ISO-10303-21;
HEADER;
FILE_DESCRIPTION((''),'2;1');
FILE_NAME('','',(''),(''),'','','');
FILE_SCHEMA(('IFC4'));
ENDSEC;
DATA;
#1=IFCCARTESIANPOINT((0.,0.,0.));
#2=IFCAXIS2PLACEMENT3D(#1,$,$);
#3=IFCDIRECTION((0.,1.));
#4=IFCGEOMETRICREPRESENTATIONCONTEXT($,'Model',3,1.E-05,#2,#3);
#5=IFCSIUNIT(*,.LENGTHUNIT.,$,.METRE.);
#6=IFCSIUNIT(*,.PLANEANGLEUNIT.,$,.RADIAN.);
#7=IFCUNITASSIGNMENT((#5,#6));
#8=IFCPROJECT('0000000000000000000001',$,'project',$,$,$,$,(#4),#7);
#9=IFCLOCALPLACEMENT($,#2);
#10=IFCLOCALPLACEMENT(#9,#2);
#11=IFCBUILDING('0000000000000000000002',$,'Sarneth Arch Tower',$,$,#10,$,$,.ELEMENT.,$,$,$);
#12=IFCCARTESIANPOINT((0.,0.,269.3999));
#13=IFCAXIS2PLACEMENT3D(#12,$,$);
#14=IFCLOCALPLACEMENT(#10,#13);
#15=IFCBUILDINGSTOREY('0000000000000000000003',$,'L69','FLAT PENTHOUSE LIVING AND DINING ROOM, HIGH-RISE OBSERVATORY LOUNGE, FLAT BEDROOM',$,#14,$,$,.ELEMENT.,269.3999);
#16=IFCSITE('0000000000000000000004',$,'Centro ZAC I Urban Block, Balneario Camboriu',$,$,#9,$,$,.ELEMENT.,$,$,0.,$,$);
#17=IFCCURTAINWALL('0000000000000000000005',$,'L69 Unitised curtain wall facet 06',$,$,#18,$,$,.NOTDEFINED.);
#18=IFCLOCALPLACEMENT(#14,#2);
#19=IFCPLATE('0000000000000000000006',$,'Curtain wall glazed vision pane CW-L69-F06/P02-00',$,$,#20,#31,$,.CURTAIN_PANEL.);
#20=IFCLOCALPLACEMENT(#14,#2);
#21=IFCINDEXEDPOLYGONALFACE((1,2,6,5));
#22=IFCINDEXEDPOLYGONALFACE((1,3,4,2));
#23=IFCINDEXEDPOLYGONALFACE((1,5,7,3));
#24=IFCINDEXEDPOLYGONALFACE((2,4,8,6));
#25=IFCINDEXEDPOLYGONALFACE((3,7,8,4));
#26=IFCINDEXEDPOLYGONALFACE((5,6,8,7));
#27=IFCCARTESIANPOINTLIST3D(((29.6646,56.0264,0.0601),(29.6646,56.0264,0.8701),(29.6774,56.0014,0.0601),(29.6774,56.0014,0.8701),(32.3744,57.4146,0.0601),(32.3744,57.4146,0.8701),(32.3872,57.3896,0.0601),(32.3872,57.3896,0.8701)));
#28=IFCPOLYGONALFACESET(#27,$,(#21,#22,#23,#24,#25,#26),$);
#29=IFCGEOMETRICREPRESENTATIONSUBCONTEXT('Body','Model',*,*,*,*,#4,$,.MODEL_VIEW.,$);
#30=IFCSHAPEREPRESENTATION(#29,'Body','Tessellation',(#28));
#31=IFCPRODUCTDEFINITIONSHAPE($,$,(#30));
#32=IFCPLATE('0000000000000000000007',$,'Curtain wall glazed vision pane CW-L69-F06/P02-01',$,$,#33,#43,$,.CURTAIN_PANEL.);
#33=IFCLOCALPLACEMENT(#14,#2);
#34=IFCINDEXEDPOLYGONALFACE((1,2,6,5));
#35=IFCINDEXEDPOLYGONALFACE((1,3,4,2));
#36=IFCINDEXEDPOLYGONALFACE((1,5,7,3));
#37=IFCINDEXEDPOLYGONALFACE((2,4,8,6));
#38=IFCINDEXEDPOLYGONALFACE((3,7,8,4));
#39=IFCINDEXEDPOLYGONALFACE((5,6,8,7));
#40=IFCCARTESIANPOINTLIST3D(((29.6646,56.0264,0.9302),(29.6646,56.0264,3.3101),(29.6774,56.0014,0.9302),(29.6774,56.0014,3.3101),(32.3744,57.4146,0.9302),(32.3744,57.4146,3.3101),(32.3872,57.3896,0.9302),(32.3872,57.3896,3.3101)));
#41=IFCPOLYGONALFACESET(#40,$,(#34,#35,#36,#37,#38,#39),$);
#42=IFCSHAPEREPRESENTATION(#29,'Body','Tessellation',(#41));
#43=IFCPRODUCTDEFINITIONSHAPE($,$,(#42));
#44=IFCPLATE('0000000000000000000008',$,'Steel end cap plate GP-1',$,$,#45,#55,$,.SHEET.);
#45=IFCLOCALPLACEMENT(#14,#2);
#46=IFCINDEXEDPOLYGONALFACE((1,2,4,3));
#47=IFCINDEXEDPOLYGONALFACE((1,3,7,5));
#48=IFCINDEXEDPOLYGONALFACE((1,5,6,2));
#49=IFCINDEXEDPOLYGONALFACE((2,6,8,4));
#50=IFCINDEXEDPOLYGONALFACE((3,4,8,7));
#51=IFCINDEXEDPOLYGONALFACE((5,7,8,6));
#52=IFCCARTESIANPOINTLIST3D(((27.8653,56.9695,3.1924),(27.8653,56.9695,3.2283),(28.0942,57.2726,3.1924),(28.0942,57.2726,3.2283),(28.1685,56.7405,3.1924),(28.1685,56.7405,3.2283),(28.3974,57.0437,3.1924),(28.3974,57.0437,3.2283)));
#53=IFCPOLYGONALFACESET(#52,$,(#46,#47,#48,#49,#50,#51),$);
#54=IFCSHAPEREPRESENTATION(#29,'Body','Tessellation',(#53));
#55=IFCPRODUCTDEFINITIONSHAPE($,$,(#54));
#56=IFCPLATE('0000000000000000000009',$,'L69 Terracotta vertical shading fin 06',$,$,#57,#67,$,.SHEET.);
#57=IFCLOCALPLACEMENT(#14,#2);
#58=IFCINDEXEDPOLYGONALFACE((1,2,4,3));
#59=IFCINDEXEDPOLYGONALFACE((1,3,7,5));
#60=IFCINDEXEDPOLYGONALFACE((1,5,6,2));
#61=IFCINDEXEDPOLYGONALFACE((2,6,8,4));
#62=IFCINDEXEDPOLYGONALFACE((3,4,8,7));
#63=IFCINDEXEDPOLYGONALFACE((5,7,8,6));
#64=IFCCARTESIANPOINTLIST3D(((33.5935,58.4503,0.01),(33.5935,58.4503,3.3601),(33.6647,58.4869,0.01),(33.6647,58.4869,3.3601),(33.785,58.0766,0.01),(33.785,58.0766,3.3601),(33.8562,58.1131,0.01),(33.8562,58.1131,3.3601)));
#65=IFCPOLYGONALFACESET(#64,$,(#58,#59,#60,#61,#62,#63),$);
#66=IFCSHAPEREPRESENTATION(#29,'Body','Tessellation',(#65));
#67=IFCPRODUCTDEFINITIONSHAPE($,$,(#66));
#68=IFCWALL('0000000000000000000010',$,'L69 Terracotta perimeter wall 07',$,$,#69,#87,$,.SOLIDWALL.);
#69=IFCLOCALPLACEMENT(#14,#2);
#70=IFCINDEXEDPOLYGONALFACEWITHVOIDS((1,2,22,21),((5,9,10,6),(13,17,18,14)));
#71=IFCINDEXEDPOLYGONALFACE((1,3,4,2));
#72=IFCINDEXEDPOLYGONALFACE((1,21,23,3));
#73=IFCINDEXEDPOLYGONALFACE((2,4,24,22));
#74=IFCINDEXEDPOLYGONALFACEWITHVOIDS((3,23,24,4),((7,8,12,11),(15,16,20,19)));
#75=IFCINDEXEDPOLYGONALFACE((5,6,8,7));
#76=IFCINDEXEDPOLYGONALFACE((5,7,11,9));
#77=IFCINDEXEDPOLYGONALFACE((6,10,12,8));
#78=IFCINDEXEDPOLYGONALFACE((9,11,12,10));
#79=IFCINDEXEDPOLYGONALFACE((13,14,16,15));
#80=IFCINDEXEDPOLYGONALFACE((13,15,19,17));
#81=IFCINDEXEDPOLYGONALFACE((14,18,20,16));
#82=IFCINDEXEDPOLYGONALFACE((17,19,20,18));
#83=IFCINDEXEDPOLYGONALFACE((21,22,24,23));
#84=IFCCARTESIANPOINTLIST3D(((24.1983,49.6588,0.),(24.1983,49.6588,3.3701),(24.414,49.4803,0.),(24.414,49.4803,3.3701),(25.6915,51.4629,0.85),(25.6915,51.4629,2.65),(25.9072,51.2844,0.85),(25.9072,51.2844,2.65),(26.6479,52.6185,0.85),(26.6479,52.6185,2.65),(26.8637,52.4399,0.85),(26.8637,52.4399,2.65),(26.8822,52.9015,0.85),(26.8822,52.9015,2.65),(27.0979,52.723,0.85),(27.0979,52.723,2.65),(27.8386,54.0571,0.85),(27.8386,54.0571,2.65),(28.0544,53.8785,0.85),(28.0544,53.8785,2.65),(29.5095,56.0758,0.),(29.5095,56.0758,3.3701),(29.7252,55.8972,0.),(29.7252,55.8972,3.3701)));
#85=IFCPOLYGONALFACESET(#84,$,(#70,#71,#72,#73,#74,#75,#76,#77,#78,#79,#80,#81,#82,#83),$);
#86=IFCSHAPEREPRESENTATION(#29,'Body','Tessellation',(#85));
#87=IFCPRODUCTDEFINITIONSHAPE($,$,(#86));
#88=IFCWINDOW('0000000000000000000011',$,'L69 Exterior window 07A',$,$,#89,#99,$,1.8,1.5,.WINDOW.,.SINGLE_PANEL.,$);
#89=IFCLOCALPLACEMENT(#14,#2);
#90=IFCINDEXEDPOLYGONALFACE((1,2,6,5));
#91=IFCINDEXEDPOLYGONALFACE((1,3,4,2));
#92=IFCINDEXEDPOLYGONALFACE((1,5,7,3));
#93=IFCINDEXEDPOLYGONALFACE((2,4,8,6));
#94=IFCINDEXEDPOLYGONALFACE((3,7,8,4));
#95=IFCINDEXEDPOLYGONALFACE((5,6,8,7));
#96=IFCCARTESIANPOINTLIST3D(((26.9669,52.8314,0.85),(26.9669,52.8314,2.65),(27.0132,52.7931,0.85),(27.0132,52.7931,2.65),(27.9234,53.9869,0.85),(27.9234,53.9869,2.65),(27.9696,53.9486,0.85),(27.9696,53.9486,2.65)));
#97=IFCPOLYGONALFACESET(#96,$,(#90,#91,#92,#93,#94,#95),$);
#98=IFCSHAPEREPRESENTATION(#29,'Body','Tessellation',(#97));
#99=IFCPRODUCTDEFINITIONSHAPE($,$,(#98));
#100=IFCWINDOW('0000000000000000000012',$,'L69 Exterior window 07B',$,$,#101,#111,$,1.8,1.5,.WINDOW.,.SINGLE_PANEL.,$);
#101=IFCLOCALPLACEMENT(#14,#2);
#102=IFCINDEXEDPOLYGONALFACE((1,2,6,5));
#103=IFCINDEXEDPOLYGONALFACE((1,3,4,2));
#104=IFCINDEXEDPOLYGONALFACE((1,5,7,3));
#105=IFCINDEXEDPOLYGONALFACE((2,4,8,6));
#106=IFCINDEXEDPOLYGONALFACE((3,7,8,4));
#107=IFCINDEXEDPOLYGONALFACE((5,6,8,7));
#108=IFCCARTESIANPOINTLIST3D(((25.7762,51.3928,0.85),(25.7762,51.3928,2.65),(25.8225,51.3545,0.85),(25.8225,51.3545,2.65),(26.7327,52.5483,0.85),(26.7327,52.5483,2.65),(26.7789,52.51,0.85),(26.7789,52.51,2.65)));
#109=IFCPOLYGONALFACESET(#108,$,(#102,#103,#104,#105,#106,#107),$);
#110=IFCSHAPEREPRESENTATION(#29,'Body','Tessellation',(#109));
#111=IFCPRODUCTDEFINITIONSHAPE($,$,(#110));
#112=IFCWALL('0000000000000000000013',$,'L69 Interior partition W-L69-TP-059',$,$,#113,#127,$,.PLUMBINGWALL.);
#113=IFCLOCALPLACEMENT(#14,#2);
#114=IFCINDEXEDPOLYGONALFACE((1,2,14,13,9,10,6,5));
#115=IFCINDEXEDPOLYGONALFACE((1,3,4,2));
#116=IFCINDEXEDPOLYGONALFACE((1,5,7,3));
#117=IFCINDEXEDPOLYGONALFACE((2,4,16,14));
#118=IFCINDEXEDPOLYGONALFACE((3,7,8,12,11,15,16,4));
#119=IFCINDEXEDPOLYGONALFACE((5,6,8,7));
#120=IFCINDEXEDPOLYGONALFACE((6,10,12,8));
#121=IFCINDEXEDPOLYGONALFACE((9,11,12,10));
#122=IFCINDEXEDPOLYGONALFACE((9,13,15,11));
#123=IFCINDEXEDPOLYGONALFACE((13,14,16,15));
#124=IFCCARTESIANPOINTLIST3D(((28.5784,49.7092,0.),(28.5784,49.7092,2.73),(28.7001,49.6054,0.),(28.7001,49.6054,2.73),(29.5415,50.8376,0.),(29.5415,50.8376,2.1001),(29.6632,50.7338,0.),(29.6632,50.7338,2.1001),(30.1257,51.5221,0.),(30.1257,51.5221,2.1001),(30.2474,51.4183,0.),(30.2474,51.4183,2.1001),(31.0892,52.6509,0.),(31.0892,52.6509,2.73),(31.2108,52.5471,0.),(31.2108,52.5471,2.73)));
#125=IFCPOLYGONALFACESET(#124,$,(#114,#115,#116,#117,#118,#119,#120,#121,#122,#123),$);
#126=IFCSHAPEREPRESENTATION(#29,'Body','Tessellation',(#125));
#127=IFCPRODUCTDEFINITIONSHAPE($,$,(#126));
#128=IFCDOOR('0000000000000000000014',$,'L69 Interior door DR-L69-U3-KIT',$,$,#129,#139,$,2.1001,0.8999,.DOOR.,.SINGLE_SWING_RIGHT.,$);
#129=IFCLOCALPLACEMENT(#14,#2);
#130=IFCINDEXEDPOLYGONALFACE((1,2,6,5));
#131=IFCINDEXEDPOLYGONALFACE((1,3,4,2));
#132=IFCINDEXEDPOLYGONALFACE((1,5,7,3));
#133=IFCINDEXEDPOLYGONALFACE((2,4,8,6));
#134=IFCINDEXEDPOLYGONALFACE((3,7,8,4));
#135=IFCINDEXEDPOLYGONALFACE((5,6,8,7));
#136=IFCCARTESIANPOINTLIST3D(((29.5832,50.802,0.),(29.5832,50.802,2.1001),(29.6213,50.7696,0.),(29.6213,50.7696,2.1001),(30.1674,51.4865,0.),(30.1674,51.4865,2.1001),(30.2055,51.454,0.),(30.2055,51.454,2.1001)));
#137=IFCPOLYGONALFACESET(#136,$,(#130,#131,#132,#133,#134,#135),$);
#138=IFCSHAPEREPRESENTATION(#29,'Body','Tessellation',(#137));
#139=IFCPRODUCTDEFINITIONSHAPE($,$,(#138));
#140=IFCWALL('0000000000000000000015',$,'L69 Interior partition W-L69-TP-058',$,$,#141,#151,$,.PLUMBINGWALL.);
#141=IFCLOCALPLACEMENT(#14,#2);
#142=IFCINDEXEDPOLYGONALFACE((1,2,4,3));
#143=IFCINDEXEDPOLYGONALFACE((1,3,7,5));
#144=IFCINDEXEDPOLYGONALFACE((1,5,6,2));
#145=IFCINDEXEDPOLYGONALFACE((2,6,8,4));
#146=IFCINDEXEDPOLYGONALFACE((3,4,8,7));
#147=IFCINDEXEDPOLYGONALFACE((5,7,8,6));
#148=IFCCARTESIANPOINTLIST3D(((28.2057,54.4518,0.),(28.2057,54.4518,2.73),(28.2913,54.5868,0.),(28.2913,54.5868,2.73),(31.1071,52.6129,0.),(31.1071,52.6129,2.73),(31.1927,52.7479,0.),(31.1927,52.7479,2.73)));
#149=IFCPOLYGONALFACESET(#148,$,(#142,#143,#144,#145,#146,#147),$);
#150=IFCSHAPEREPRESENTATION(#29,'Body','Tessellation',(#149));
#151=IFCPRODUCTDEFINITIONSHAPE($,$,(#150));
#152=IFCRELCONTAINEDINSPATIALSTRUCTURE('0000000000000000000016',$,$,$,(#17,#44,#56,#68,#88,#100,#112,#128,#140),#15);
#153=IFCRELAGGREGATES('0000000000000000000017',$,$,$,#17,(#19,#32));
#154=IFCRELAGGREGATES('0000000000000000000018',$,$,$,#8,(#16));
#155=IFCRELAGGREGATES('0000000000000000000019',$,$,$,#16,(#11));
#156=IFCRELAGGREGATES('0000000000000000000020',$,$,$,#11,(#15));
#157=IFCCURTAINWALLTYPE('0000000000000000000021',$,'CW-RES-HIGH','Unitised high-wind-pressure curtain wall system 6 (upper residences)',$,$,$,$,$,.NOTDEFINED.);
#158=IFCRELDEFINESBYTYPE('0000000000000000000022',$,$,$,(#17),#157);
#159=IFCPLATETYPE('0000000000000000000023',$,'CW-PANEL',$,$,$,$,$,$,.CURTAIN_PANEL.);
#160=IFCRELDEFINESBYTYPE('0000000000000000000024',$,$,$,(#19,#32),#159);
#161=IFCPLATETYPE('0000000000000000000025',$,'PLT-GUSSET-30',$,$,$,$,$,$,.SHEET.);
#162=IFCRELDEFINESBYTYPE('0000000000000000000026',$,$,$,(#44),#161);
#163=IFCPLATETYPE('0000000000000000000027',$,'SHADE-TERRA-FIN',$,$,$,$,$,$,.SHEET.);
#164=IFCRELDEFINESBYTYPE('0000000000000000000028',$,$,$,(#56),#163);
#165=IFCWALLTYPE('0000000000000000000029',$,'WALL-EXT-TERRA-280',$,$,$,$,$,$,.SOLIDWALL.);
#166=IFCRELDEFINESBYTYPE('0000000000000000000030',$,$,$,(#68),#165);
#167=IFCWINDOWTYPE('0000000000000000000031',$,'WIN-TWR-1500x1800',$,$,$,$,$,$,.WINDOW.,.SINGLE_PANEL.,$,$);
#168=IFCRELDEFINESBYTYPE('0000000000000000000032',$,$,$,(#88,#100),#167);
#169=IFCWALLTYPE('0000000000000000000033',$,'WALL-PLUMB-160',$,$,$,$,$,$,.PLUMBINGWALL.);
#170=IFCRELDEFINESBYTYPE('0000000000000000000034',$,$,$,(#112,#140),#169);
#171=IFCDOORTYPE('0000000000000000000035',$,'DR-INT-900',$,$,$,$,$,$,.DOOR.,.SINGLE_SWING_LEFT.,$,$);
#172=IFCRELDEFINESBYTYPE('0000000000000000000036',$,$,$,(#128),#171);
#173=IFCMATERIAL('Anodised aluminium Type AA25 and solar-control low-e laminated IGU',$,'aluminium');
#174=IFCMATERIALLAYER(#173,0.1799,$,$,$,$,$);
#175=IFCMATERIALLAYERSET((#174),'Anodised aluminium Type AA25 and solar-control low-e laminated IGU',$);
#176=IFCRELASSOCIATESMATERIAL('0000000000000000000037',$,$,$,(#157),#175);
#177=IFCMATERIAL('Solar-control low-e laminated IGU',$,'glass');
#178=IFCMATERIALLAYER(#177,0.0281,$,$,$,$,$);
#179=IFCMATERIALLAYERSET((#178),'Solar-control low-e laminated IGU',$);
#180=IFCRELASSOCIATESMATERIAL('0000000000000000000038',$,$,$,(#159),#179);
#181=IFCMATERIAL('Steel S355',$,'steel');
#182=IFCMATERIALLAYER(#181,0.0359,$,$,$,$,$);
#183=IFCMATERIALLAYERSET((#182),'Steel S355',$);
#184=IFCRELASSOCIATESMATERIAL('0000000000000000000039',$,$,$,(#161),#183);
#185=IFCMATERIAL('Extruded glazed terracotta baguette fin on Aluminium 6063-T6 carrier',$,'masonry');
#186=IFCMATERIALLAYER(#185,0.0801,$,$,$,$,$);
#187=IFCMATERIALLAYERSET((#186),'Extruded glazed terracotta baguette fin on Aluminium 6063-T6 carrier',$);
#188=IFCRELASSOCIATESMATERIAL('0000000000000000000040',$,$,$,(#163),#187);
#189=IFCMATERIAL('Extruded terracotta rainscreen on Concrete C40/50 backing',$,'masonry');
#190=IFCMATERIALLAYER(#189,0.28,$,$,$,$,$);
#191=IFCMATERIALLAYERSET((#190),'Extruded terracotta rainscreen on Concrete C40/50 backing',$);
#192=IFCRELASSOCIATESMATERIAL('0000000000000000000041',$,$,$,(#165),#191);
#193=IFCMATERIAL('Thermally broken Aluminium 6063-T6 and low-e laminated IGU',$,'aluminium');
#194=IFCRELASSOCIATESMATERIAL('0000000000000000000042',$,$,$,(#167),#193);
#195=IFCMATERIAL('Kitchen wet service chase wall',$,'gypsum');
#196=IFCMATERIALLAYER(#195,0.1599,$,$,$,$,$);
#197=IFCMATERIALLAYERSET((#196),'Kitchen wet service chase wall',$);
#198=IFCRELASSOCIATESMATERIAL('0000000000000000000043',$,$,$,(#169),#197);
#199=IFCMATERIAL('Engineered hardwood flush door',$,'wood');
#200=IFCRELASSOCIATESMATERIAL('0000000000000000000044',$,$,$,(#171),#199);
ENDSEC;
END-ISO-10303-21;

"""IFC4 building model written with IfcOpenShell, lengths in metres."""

from ifc_helpers import new_model, si_unit, direction, frame, frame_2d, origin, origin_2d, place, context, subcontext, project, spatial, rectangle, extrude, material, layer, layer_set, type_object, element, fill, aggregate, save


model = new_model("IFC4")

# Units and contexts
model_context = context("Model", 3, precision=1e-05, world=origin(), true_north=direction((0.0, 1.0)))
body_context = subcontext(model_context, "Body", "Model", "MODEL_VIEW")
ifc_project = project(units=[si_unit("LENGTHUNIT", "METRE"), si_unit("PLANEANGLEUNIT", "RADIAN")], contexts=[model_context])

# Site, building, storey
site_placement = place(None, origin())
site = spatial("IfcSite", under=ifc_project, at=site_placement, Name="Centro ZAC I Urban Block, Balneario Camboriu", CompositionType="ELEMENT", RefElevation=0.0)
building_placement = place(site_placement, origin())
building = spatial("IfcBuilding", under=site, at=building_placement, Name="Sarneth Arch Tower", CompositionType="ELEMENT")
storey_placement = place(building_placement, frame((0.0, 0.0, 269.3999)))
storey = spatial("IfcBuildingStorey", under=building, at=storey_placement, Name="L69", Description="FLAT PENTHOUSE LIVING AND DINING ROOM, HIGH-RISE OBSERVATORY LOUNGE, FLAT BEDROOM", CompositionType="ELEMENT", Elevation=269.3999)

# Curtain wall
ifc_material_1 = material(Name="Anodised aluminium Type AA25 and solar-control low-e laminated IGU", Category="aluminium")
ifc_layer_1 = layer(ifc_material_1, 0.1799)
ifc_layer_set_1 = layer_set([ifc_layer_1], Name="Anodised aluminium Type AA25 and solar-control low-e laminated IGU")
curtain_wall_type = type_object("IfcCurtainWallType", Name="CW-RES-HIGH", Description="Unitised high-wind-pressure curtain wall system 6 (upper residences)", PredefinedType="NOTDEFINED", material=ifc_layer_set_1)
curtain_wall_placement = place(storey_placement, origin())
curtain_wall = element("IfcCurtainWall", 1, at=curtain_wall_placement, inside=storey, type_object=curtain_wall_type, Name="L69 Unitised curtain wall facet 06", PredefinedType="NOTDEFINED")

# Plates
ifc_material_2 = material(Name="Solar-control low-e laminated IGU", Category="glass")
ifc_layer_2 = layer(ifc_material_2, 0.0281)
ifc_layer_set_2 = layer_set([ifc_layer_2], Name="Solar-control low-e laminated IGU")
plate_type_1 = type_object("IfcPlateType", Name="CW-PANEL", PredefinedType="CURTAIN_PANEL", material=ifc_layer_set_2)
plate_1_placement = place(storey_placement, frame((31.0259, 56.708, 0.0601), z_axis=(0.0, 0.0, 1.0), x_axis=(-0.89001, -0.455942, 0.0)))
plate_1 = element("IfcPlate", 2, at=plate_1_placement, type_object=plate_type_1, Name="Curtain wall glazed vision pane CW-L69-F06/P02-00", PredefinedType="CURTAIN_PANEL", context=body_context, shape_type="SweptSolid", body=[
    extrude(rectangle(XDim=3.0447, YDim=0.0281, at=origin_2d()), origin(), (0.0, 0.0, 1.0), 0.8101),
])
plate_2_placement = place(storey_placement, frame((31.0259, 56.708, 0.9302), z_axis=(0.0, 0.0, 1.0), x_axis=(-0.89001, -0.455942, 0.0)))
plate_2 = element("IfcPlate", 3, at=plate_2_placement, type_object=plate_type_1, Name="Curtain wall glazed vision pane CW-L69-F06/P02-01", PredefinedType="CURTAIN_PANEL", context=body_context, shape_type="SweptSolid", body=[
    extrude(rectangle(XDim=3.0447, YDim=0.0281, at=origin_2d()), origin(), (0.0, 0.0, 1.0), 2.3799),
])
aggregate(curtain_wall, [plate_1, plate_2])

# Plates
ifc_material_3 = material(Name="Steel S355", Category="steel")
ifc_layer_3 = layer(ifc_material_3, 0.0359)
ifc_layer_set_3 = layer_set([ifc_layer_3], Name="Steel S355")
plate_type_2 = type_object("IfcPlateType", Name="PLT-GUSSET-30", PredefinedType="SHEET", material=ifc_layer_set_3)
plate_3_placement = place(storey_placement, frame((28.1313, 57.0066, 3.1924), z_axis=(0.0, 0.0, 1.0), x_axis=(-0.798005, 0.602651, 0.0)))
element("IfcPlate", 4, at=plate_3_placement, inside=storey, type_object=plate_type_2, Name="Steel end cap plate GP-1", PredefinedType="SHEET", context=body_context, shape_type="SweptSolid", body=[
    extrude(rectangle(XDim=0.3799, YDim=0.3799, at=origin_2d()), origin(), (0.0, 0.0, 1.0), 0.0359),
])
ifc_material_4 = material(Name="Extruded glazed terracotta baguette fin on Aluminium 6063-T6 carrier", Category="masonry")
ifc_layer_4 = layer(ifc_material_4, 0.0801)
ifc_layer_set_4 = layer_set([ifc_layer_4], Name="Extruded glazed terracotta baguette fin on Aluminium 6063-T6 carrier")
plate_type_3 = type_object("IfcPlateType", Name="SHADE-TERRA-FIN", PredefinedType="SHEET", material=ifc_layer_set_4)
plate_4_placement = place(storey_placement, frame((33.7249, 58.2817, 0.01), z_axis=(0.0, 0.0, 1.0), x_axis=(-0.456011, 0.889974, 0.0)))
element("IfcPlate", 5, at=plate_4_placement, inside=storey, type_object=plate_type_3, Name="L69 Terracotta vertical shading fin 06", PredefinedType="SHEET", context=body_context, shape_type="SweptSolid", body=[
    extrude(rectangle(XDim=0.4199, YDim=0.0801, at=origin_2d()), origin(), (0.0, 0.0, 1.0), 3.3501),
])

# Wall, openings, windows
ifc_material_5 = material(Name="Extruded terracotta rainscreen on Concrete C40/50 backing", Category="masonry")
ifc_layer_5 = layer(ifc_material_5, 0.28)
ifc_layer_set_5 = layer_set([ifc_layer_5], Name="Extruded terracotta rainscreen on Concrete C40/50 backing")
wall_type_1 = type_object("IfcWallType", Name="WALL-EXT-TERRA-280", PredefinedType="SOLIDWALL", material=ifc_layer_set_5)
wall_1_placement = place(storey_placement, frame((29.6174, 55.9866, 0.0), z_axis=(0.0, 0.0, 1.0), x_axis=(-0.637615, -0.770355, 0.0)))
wall_1 = element("IfcWall", 6, at=wall_1_placement, inside=storey, type_object=wall_type_1, Name="L69 Terracotta perimeter wall 07", PredefinedType="SOLIDWALL", context=body_context, shape_type="SweptSolid", body=[
    extrude(rectangle(XDim=8.3298, YDim=0.28, at=frame_2d((4.165, 0.0))), origin(), (0.0, 0.0, 1.0), 3.3701),
])
opening_1_placement = place(wall_1_placement, frame((2.6206, 0.0, 0.8501)))
opening_1 = element("IfcOpeningElement", 7, at=opening_1_placement, cuts=wall_1, PredefinedType="OPENING", context=body_context, shape_type="SweptSolid", body=[
    extrude(rectangle(XDim=1.5, YDim=1.8, at=frame_2d((0.75, 0.8999))), frame((0.0, 0.1499, 0.0), z_axis=(0.0, -1.0, 0.0), x_axis=(1.0, 0.0, 0.0)), (0.0, 0.0, 1.0), 0.3),
])
opening_2_placement = place(wall_1_placement, frame((4.488, 0.0, 0.8501)))
opening_2 = element("IfcOpeningElement", 8, at=opening_2_placement, cuts=wall_1, PredefinedType="OPENING", context=body_context, shape_type="SweptSolid", body=[
    extrude(rectangle(XDim=1.5, YDim=1.8, at=frame_2d((0.75, 0.8999))), frame((0.0, 0.1499, 0.0), z_axis=(0.0, -1.0, 0.0), x_axis=(1.0, 0.0, 0.0)), (0.0, 0.0, 1.0), 0.3),
])
ifc_material_6 = material(Name="Thermally broken Aluminium 6063-T6 and low-e laminated IGU", Category="aluminium")
window_type = type_object("IfcWindowType", Name="WIN-TWR-1500x1800", PartitioningType="SINGLE_PANEL", PredefinedType="WINDOW", material=ifc_material_6)
window_1_placement = place(opening_1_placement, origin())
window_1 = element("IfcWindow", 9, at=window_1_placement, inside=storey, type_object=window_type, Name="L69 Exterior window 07A", OverallHeight=1.8, OverallWidth=1.5, PartitioningType="SINGLE_PANEL", PredefinedType="WINDOW", context=body_context, shape_type="SweptSolid", body=[
    extrude(rectangle(XDim=1.5, YDim=1.8, at=frame_2d((0.75, 0.8999))), frame((0.0, 0.03, 0.0), z_axis=(0.0, -1.0, 0.0), x_axis=(1.0, 0.0, 0.0)), (0.0, 0.0, 1.0), 0.0601),
])
fill(opening_1, window_1)
window_2_placement = place(opening_2_placement, origin())
window_2 = element("IfcWindow", 10, at=window_2_placement, inside=storey, type_object=window_type, Name="L69 Exterior window 07B", OverallHeight=1.8, OverallWidth=1.5, PartitioningType="SINGLE_PANEL", PredefinedType="WINDOW", context=body_context, shape_type="SweptSolid", body=[
    extrude(rectangle(XDim=1.5, YDim=1.8, at=frame_2d((0.75, 0.8999))), frame((0.0, 0.03, 0.0), z_axis=(0.0, -1.0, 0.0), x_axis=(1.0, 0.0, 0.0)), (0.0, 0.0, 1.0), 0.0601),
])
fill(opening_2, window_2)

# Wall, opening, door
ifc_material_7 = material(Name="Kitchen wet service chase wall", Category="gypsum")
ifc_layer_6 = layer(ifc_material_7, 0.1599)
ifc_layer_set_6 = layer_set([ifc_layer_6], Name="Kitchen wet service chase wall")
wall_type_2 = type_object("IfcWallType", Name="WALL-PLUMB-160", PredefinedType="PLUMBINGWALL", material=ifc_layer_set_6)
wall_2_placement = place(storey_placement, frame((31.1499, 52.5989, 0.0), z_axis=(0.0, 0.0, 1.0), x_axis=(-0.649199, -0.760618, 0.0)))
wall_2 = element("IfcWall", 11, at=wall_2_placement, inside=storey, type_object=wall_type_2, Name="L69 Interior partition W-L69-TP-059", PredefinedType="PLUMBINGWALL", context=body_context, shape_type="SweptSolid", body=[
    extrude(rectangle(XDim=3.8674, YDim=0.1599, at=frame_2d((1.9336, 0.0))), origin(), (0.0, 0.0, 1.0), 2.73),
])
opening_3_placement = place(wall_2_placement, frame((1.4839, 0.0, 0.0)))
opening_3 = element("IfcOpeningElement", 12, at=opening_3_placement, cuts=wall_2, PredefinedType="OPENING", context=body_context, shape_type="SweptSolid", body=[
    extrude(rectangle(XDim=0.8999, YDim=2.1001, at=frame_2d((0.45, 1.05))), frame((0.0, 0.0898, 0.0), z_axis=(0.0, -1.0, 0.0), x_axis=(1.0, 0.0, 0.0)), (0.0, 0.0, 1.0), 0.1799),
])
ifc_material_8 = material(Name="Engineered hardwood flush door", Category="wood")
door_type = type_object("IfcDoorType", Name="DR-INT-900", OperationType="SINGLE_SWING_LEFT", PredefinedType="DOOR", material=ifc_material_8)
door_placement = place(opening_3_placement, origin())
door = element("IfcDoor", 13, at=door_placement, inside=storey, type_object=door_type, Name="L69 Interior door DR-L69-U3-KIT", OperationType="SINGLE_SWING_RIGHT", OverallHeight=2.1001, OverallWidth=0.8999, PredefinedType="DOOR", context=body_context, shape_type="SweptSolid", body=[
    extrude(rectangle(XDim=0.8999, YDim=2.1001, at=frame_2d((0.45, 1.05))), frame((0.0, 0.0249, 0.0), z_axis=(0.0, -1.0, 0.0), x_axis=(1.0, 0.0, 0.0)), (0.0, 0.0, 1.0), 0.05),
])
fill(opening_3, door)

# Wall
wall_3_placement = place(storey_placement, frame((28.2485, 54.5193, 0.0), z_axis=(0.0, 0.0, 1.0), x_axis=(0.844643, -0.535329, 0.0)))
element("IfcWall", 14, at=wall_3_placement, inside=storey, type_object=wall_type_2, Name="L69 Interior partition W-L69-TP-058", PredefinedType="PLUMBINGWALL", context=body_context, shape_type="SweptSolid", body=[
    extrude(rectangle(XDim=3.4351, YDim=0.1599, at=frame_2d((1.7175, 0.0))), origin(), (0.0, 0.0, 1.0), 2.73),
])

save(model, "model.ifc")
